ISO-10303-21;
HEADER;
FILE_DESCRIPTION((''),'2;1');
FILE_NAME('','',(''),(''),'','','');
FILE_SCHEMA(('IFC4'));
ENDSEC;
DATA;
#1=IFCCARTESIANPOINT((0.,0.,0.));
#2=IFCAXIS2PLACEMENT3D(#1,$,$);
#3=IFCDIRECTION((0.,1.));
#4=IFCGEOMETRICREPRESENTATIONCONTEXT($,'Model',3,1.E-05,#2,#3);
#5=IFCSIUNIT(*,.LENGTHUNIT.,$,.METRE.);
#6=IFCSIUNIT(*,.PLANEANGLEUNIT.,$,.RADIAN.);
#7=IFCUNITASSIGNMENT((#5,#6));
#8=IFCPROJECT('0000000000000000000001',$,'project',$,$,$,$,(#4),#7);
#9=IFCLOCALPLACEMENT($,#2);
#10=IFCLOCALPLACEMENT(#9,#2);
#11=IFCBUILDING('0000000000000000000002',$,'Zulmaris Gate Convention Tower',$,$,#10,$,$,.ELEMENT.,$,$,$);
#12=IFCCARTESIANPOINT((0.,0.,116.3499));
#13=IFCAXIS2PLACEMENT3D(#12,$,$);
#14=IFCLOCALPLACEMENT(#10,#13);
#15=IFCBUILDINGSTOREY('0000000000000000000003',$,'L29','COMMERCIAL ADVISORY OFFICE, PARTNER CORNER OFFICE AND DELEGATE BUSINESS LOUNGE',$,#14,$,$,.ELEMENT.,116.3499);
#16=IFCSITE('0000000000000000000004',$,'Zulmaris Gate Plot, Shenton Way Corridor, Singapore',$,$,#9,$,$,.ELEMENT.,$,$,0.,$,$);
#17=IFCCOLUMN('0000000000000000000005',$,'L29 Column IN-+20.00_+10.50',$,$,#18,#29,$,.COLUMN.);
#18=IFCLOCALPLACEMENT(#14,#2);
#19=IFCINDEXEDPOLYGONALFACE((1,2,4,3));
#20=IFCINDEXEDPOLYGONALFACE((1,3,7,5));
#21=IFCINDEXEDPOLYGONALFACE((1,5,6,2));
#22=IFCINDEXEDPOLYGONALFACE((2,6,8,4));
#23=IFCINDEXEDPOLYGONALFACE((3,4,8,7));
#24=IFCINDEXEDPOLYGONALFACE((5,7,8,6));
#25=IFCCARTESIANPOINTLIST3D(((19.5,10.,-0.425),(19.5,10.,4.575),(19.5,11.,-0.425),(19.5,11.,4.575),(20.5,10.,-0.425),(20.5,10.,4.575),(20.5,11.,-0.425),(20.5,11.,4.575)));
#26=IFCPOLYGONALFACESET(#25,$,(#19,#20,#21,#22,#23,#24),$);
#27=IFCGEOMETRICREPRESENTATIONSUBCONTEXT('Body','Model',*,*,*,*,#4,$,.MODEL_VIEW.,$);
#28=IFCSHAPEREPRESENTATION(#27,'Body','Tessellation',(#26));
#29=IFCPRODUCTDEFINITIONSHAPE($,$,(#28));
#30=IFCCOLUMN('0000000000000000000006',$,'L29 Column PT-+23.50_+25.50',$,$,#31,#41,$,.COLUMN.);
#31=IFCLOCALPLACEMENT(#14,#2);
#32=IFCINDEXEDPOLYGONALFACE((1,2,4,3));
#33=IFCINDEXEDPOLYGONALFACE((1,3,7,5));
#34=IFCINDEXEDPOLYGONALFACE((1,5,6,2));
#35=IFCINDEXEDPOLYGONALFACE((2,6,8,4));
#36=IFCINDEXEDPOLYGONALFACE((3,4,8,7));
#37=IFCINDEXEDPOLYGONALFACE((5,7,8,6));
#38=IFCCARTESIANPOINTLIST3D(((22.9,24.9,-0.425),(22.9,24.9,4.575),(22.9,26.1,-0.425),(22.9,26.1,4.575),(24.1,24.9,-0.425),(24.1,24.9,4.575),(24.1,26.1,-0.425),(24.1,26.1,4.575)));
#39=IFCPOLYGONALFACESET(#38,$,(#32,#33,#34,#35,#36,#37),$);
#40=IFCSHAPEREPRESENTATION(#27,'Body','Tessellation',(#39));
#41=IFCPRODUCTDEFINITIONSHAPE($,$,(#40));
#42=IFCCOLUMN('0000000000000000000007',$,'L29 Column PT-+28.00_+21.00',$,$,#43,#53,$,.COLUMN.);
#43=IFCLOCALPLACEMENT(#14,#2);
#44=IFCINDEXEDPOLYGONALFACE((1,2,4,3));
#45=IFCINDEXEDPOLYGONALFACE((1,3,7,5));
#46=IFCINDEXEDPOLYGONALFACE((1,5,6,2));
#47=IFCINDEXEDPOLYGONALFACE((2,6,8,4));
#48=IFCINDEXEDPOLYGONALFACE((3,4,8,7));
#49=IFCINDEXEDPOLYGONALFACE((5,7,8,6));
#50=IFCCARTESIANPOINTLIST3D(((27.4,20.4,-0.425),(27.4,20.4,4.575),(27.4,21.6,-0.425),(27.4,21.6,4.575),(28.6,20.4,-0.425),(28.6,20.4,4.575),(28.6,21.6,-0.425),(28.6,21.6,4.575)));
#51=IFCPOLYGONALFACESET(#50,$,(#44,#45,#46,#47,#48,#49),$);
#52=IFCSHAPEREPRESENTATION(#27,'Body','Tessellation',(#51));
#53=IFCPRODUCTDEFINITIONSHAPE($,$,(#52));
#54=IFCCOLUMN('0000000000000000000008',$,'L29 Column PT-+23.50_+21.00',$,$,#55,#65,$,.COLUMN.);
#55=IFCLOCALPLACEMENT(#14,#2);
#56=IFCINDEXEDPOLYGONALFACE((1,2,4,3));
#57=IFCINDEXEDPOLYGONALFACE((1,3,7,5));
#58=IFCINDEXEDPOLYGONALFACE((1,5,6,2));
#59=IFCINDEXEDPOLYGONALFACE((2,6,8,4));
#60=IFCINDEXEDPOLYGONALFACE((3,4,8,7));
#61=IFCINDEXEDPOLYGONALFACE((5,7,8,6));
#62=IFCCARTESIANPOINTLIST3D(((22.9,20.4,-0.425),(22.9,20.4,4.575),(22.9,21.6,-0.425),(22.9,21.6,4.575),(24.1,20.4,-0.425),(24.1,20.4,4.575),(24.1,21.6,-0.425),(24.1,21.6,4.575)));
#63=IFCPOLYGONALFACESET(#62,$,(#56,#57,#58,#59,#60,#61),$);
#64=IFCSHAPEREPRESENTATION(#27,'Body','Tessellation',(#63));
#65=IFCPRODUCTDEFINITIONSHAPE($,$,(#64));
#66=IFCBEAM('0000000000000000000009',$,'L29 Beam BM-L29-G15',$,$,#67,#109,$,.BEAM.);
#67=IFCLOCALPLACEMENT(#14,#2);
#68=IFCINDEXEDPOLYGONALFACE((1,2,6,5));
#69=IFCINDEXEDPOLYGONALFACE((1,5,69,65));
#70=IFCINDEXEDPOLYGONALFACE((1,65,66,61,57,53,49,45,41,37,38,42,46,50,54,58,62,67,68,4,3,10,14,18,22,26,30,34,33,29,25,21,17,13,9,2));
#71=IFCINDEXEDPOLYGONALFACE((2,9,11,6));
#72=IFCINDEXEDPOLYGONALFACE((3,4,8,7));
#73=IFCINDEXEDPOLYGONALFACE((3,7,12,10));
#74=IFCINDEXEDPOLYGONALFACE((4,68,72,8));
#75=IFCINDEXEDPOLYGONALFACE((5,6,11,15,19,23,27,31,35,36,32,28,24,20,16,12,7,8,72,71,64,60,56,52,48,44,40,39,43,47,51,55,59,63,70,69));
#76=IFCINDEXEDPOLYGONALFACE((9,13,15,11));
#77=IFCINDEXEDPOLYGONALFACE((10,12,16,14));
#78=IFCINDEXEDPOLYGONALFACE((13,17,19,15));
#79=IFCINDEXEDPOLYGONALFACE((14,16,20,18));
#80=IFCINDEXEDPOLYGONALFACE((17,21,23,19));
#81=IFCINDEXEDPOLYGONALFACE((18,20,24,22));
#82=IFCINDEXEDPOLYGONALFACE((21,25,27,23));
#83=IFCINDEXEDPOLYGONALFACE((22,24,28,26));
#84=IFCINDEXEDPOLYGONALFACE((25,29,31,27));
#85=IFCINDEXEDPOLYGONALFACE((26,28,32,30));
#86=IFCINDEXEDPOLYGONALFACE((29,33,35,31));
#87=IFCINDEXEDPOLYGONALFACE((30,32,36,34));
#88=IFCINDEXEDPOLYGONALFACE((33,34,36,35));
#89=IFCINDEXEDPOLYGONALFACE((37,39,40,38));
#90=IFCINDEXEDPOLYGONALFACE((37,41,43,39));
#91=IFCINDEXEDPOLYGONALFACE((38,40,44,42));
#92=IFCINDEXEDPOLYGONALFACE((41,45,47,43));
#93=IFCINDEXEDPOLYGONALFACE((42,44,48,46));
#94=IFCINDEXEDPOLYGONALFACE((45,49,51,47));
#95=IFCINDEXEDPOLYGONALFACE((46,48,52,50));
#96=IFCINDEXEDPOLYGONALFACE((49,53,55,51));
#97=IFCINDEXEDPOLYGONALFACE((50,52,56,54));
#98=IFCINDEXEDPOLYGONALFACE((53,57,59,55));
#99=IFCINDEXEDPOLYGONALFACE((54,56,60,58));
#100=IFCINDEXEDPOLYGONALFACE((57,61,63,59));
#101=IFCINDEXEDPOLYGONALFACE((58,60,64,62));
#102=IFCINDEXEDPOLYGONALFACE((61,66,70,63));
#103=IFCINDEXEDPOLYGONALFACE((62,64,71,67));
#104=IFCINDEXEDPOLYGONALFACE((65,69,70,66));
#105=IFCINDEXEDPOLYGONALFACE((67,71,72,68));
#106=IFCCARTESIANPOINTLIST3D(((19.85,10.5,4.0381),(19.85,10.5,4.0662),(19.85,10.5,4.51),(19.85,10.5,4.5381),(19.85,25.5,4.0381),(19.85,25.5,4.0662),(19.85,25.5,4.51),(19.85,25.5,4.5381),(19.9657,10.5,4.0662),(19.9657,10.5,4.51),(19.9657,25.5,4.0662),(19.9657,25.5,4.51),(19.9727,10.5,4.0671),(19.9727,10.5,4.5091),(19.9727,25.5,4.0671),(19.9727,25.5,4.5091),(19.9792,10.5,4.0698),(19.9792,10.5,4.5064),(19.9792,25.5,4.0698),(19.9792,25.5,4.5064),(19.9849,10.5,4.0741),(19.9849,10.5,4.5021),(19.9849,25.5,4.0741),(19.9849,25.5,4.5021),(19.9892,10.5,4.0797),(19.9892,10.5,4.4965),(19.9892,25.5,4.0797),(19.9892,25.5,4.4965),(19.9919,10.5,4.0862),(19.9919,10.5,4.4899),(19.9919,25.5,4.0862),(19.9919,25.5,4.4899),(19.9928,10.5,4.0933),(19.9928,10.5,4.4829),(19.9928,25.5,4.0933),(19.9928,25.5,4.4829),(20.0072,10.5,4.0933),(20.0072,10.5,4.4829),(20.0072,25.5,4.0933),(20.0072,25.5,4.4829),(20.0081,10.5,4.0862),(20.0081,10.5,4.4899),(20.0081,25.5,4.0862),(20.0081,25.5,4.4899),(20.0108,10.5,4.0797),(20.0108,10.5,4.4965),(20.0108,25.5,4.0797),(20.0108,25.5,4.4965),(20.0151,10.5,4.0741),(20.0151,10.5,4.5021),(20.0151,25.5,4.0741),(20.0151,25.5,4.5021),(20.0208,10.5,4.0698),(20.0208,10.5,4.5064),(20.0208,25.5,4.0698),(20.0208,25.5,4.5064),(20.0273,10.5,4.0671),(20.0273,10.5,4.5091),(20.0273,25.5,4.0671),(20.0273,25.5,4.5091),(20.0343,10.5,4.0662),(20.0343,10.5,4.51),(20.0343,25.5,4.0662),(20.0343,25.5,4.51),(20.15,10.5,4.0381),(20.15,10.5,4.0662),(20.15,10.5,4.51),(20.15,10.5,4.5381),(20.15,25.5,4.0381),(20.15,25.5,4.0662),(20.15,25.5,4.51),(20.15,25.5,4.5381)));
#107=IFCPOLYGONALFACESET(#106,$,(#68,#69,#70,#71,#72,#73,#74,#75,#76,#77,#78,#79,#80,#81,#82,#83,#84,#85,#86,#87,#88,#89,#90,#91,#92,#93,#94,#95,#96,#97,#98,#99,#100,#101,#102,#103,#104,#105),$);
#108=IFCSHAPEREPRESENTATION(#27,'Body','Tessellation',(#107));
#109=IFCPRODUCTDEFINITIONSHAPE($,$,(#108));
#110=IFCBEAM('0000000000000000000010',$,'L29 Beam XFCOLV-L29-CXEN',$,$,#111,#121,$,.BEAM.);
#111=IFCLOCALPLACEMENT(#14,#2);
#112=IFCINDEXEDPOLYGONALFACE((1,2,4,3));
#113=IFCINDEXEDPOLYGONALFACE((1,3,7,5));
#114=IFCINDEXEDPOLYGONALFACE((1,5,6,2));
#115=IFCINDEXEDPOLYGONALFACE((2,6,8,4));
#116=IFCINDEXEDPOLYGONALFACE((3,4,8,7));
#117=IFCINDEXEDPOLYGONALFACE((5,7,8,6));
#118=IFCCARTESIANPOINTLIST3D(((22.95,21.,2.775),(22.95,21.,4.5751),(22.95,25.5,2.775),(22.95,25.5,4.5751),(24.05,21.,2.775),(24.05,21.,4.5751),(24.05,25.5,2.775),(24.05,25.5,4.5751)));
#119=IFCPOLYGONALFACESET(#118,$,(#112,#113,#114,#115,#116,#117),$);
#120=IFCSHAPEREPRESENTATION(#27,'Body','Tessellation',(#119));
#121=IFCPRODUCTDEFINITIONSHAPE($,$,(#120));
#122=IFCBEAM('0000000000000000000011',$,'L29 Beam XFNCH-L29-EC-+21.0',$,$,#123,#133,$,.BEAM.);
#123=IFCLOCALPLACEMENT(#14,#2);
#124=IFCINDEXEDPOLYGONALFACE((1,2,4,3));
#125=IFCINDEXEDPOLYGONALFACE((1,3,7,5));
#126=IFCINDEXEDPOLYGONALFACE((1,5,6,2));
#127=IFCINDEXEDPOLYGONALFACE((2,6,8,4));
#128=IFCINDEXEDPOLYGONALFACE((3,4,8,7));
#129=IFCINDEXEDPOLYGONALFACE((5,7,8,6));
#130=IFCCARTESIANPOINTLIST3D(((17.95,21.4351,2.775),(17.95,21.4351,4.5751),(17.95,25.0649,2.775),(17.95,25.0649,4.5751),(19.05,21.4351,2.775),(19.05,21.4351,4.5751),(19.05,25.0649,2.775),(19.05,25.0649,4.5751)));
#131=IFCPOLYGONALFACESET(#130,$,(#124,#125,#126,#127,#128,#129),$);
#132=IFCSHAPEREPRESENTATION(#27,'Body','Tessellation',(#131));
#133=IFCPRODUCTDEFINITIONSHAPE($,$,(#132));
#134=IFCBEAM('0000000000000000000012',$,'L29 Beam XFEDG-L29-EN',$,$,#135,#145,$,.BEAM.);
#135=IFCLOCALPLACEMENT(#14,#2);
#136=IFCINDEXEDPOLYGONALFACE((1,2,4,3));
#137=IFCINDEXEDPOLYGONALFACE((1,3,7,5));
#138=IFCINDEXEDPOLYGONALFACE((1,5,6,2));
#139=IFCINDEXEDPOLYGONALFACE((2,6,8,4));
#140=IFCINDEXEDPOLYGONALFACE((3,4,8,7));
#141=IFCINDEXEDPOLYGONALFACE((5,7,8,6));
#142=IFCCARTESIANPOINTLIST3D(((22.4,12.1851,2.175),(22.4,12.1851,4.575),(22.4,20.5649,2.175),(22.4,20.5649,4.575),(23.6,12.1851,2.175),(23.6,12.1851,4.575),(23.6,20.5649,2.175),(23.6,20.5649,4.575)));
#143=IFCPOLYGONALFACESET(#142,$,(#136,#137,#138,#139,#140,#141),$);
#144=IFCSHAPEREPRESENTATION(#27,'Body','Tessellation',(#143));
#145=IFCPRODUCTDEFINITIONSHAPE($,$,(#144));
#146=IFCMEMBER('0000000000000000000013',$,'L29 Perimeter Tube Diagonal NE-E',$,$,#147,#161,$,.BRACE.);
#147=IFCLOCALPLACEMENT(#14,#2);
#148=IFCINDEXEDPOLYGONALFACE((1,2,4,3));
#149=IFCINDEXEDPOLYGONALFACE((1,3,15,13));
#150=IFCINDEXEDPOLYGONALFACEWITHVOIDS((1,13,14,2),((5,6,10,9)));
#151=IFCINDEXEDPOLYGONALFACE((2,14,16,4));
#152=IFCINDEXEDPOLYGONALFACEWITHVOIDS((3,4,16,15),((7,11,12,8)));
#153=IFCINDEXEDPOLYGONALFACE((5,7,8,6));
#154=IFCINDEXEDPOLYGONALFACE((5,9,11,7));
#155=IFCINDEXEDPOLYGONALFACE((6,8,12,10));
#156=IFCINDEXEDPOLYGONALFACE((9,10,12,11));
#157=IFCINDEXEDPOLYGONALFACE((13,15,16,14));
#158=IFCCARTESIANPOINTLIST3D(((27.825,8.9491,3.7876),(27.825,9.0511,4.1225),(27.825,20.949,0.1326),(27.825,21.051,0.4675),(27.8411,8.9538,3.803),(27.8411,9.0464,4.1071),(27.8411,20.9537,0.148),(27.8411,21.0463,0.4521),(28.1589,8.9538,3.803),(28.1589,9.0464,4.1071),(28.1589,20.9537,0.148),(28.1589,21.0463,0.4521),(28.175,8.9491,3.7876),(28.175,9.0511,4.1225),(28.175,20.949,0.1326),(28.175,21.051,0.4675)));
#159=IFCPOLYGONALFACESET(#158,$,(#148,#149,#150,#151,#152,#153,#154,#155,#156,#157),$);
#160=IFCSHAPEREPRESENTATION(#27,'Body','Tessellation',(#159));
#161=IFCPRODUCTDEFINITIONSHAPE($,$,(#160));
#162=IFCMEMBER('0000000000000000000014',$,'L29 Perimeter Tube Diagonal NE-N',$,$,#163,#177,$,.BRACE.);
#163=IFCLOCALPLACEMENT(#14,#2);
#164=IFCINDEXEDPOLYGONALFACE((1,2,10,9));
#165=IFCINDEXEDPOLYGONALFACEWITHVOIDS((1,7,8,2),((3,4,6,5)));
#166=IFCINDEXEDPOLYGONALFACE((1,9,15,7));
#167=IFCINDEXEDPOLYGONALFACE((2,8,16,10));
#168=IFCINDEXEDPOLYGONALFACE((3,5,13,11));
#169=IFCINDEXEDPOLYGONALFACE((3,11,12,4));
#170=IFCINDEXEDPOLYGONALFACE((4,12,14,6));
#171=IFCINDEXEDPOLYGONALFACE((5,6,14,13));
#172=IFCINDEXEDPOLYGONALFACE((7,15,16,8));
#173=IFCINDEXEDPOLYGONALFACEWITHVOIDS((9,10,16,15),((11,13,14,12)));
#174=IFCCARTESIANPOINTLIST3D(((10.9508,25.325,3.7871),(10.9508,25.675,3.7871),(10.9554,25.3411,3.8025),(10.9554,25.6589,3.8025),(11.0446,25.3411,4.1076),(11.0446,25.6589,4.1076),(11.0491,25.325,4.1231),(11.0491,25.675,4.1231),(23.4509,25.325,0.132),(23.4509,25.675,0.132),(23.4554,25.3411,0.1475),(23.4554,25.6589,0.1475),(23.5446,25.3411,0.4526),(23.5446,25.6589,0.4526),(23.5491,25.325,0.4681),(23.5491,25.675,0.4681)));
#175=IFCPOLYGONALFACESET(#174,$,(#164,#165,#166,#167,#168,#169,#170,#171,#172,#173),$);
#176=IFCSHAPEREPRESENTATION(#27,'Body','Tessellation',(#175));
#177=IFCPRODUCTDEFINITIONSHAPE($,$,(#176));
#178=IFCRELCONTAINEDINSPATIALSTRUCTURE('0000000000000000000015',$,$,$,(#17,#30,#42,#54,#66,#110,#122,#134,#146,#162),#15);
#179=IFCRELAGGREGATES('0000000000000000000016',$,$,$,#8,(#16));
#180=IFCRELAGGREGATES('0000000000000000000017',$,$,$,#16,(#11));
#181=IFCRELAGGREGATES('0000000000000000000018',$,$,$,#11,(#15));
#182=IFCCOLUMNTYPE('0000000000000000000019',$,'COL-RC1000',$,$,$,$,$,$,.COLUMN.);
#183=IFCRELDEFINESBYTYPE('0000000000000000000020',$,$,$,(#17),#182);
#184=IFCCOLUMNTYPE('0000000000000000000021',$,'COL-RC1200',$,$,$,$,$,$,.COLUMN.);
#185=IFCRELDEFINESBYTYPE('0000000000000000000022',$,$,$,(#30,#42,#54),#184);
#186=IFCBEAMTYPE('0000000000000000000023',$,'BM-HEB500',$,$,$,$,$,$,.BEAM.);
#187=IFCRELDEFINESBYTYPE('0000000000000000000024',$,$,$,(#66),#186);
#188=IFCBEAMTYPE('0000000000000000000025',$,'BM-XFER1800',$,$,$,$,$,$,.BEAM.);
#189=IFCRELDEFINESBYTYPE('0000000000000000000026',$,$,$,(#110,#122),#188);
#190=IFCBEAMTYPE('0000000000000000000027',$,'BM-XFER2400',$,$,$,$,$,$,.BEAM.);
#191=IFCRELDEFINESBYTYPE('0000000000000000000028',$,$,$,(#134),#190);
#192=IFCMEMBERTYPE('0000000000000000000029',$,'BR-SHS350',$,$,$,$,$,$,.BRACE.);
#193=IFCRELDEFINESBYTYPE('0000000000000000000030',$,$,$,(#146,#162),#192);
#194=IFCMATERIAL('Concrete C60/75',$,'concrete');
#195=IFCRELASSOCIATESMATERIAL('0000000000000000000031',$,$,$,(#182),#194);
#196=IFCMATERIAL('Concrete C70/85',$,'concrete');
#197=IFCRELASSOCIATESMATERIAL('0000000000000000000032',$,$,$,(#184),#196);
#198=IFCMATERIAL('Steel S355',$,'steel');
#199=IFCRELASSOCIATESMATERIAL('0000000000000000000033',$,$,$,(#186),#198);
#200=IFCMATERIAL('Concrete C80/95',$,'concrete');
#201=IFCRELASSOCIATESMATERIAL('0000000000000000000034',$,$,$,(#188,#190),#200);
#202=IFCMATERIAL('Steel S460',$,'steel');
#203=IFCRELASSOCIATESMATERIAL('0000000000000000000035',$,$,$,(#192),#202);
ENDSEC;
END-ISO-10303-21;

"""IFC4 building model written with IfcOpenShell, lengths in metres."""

from ifc_helpers import new_model, si_unit, direction, frame, origin, origin_2d, place, context, subcontext, project, spatial, rectangle, hollow_rectangle, i_section, extrude, material, material_profile, profile_set, type_object, element, save


model = new_model("IFC4")

# Units and contexts
model_context = context("Model", 3, precision=1e-05, world=origin(), true_north=direction((0.0, 1.0)))
body_context = subcontext(model_context, "Body", "Model", "MODEL_VIEW")
ifc_project = project(units=[si_unit("LENGTHUNIT", "METRE"), si_unit("PLANEANGLEUNIT", "RADIAN")], contexts=[model_context])

# Site, building, storey
site_placement = place(None, origin())
site = spatial("IfcSite", under=ifc_project, at=site_placement, Name="Zulmaris Gate Plot, Shenton Way Corridor, Singapore", CompositionType="ELEMENT", RefElevation=0.0)
building_placement = place(site_placement, origin())
building = spatial("IfcBuilding", under=site, at=building_placement, Name="Zulmaris Gate Convention Tower", CompositionType="ELEMENT")
storey_placement = place(building_placement, frame((0.0, 0.0, 116.3499)))
storey = spatial("IfcBuildingStorey", under=building, at=storey_placement, Name="L29", Description="COMMERCIAL ADVISORY OFFICE, PARTNER CORNER OFFICE AND DELEGATE BUSINESS LOUNGE", CompositionType="ELEMENT", Elevation=116.3499)

# Columns
ifc_material_1 = material(Name="Concrete C60/75", Category="concrete")
ifc_material_profile_1 = material_profile(ifc_material_1, rectangle(XDim=1.0, YDim=1.0, at=origin_2d()), Name="RC COL 1000x1000")
ifc_profile_set_1 = profile_set([ifc_material_profile_1], Name="Concrete C60/75")
column_type_1 = type_object("IfcColumnType", Name="COL-RC1000", PredefinedType="COLUMN", material=ifc_profile_set_1)
column_placement = place(storey_placement, frame((20.0, 10.5, -0.425), z_axis=(0.0, 0.0, 1.0), x_axis=(1.0, 0.0, 0.0)))
element("IfcColumn", 1, at=column_placement, inside=storey, type_object=column_type_1, Name="L29 Column IN-+20.00_+10.50", PredefinedType="COLUMN", context=body_context, shape_type="SweptSolid", body=[
    extrude(rectangle(XDim=1.0, YDim=1.0, at=origin_2d()), origin(), (0.0, 0.0, 1.0), 5.0),
])
ifc_material_2 = material(Name="Concrete C70/85", Category="concrete")
ifc_material_profile_2 = material_profile(ifc_material_2, rectangle(XDim=1.2, YDim=1.2, at=origin_2d()), Name="RC COL 1200x1200")
ifc_profile_set_2 = profile_set([ifc_material_profile_2], Name="Concrete C70/85")
column_type_2 = type_object("IfcColumnType", Name="COL-RC1200", PredefinedType="COLUMN", material=ifc_profile_set_2)
for number, where, z_axis, x_axis, name in (
    (2, (23.5, 25.5, -0.425), (0.0, 0.0, 1.0), (1.0, 0.0, 0.0), "L29 Column PT-+23.50_+25.50"),
    (3, (28.0, 21.0, -0.425), (0.0, 0.0, 1.0), (1.0, 0.0, 0.0), "L29 Column PT-+28.00_+21.00"),
    (4, (23.5, 21.0, -0.425), (0.0, 0.0, 1.0), (1.0, 0.0, 0.0), "L29 Column PT-+23.50_+21.00"),
):
    element("IfcColumn", number, at=place(storey_placement, frame(where, z_axis=z_axis, x_axis=x_axis)), inside=storey, type_object=column_type_2, Name=name, PredefinedType="COLUMN", context=body_context, shape_type="SweptSolid", body=[
        extrude(rectangle(XDim=1.2, YDim=1.2, at=origin_2d()), origin(), (0.0, 0.0, 1.0), 5.0),
    ])

# Beams
ifc_material_3 = material(Name="Steel S355", Category="steel")
ifc_material_profile_3 = material_profile(ifc_material_3, i_section(OverallWidth=0.3, OverallDepth=0.5, WebThickness=0.0144, FlangeThickness=0.0281, FilletRadius=0.0271, at=origin_2d()), Name="HEB 500")
ifc_profile_set_3 = profile_set([ifc_material_profile_3], Name="Steel S355")
beam_type_1 = type_object("IfcBeamType", Name="BM-HEB500", PredefinedType="BEAM", material=ifc_profile_set_3)
beam_1_placement = place(storey_placement, frame((20.0, 10.5, 4.2881), z_axis=(0.0, 1.0, 0.0), x_axis=(-1.0, 0.0, 0.0)))
element("IfcBeam", 5, at=beam_1_placement, inside=storey, type_object=beam_type_1, Name="L29 Beam BM-L29-G15", PredefinedType="BEAM", context=body_context, shape_type="SweptSolid", body=[
    extrude(i_section(OverallWidth=0.3, OverallDepth=0.5, WebThickness=0.0144, FlangeThickness=0.0281, FilletRadius=0.0271, at=origin_2d()), origin(), (0.0, 0.0, 1.0), 15.0),
])
ifc_material_4 = material(Name="Concrete C80/95", Category="concrete")
ifc_material_profile_4 = material_profile(ifc_material_4, rectangle(XDim=1.1001, YDim=1.8, at=origin_2d()), Name="RC TRANSFER 1100x1800")
ifc_profile_set_4 = profile_set([ifc_material_profile_4], Name="Concrete C80/95")
beam_type_2 = type_object("IfcBeamType", Name="BM-XFER1800", PredefinedType="BEAM", material=ifc_profile_set_4)
beam_2_placement = place(storey_placement, frame((23.5, 21.0, 3.675), z_axis=(0.0, 1.0, 0.0), x_axis=(-1.0, 0.0, 0.0)))
element("IfcBeam", 6, at=beam_2_placement, inside=storey, type_object=beam_type_2, Name="L29 Beam XFCOLV-L29-CXEN", PredefinedType="BEAM", context=body_context, shape_type="SweptSolid", body=[
    extrude(rectangle(XDim=1.1001, YDim=1.8, at=origin_2d()), origin(), (0.0, 0.0, 1.0), 4.5),
])
beam_3_placement = place(storey_placement, frame((18.5, 21.4351, 3.675), z_axis=(0.0, 1.0, 0.0), x_axis=(-1.0, 0.0, 0.0)))
element("IfcBeam", 7, at=beam_3_placement, inside=storey, type_object=beam_type_2, Name="L29 Beam XFNCH-L29-EC-+21.0", PredefinedType="BEAM", context=body_context, shape_type="SweptSolid", body=[
    extrude(rectangle(XDim=1.1001, YDim=1.8, at=origin_2d()), origin(), (0.0, 0.0, 1.0), 3.6299),
])
ifc_material_profile_5 = material_profile(ifc_material_4, rectangle(XDim=1.2, YDim=2.3999, at=origin_2d()), Name="RC TRANSFER 1200x2400")
ifc_profile_set_5 = profile_set([ifc_material_profile_5], Name="Concrete C80/95")
beam_type_3 = type_object("IfcBeamType", Name="BM-XFER2400", PredefinedType="BEAM", material=ifc_profile_set_5)
beam_4_placement = place(storey_placement, frame((23.0, 12.1851, 3.375), z_axis=(0.0, 1.0, 0.0), x_axis=(-1.0, 0.0, 0.0)))
element("IfcBeam", 8, at=beam_4_placement, inside=storey, type_object=beam_type_3, Name="L29 Beam XFEDG-L29-EN", PredefinedType="BEAM", context=body_context, shape_type="SweptSolid", body=[
    extrude(rectangle(XDim=1.2, YDim=2.3999, at=origin_2d()), origin(), (0.0, 0.0, 1.0), 8.3799),
])

# Members
ifc_material_5 = material(Name="Steel S460", Category="steel")
ifc_material_profile_6 = material_profile(ifc_material_5, hollow_rectangle(XDim=0.3501, YDim=0.3501, WallThickness=0.0161, at=origin_2d()), Name="SHS 350x350x16")
ifc_profile_set_6 = profile_set([ifc_material_profile_6], Name="Steel S460")
member_type = type_object("IfcMemberType", Name="BR-SHS350", PredefinedType="BRACE", material=ifc_profile_set_6)
member_1_placement = place(storey_placement, frame((28.0, 21.0, 0.3), z_axis=(0.0, -0.95661, 0.29137), x_axis=(1.0, 0.0, 0.0)))
element("IfcMember", 9, at=member_1_placement, inside=storey, type_object=member_type, Name="L29 Perimeter Tube Diagonal NE-E", PredefinedType="BRACE", context=body_context, shape_type="SweptSolid", body=[
    extrude(hollow_rectangle(XDim=0.3501, YDim=0.3501, WallThickness=0.0161, at=origin_2d()), origin(), (0.0, 0.0, 1.0), 12.5442),
])
member_2_placement = place(storey_placement, frame((23.5, 25.5, 0.3), z_axis=(-0.95981, 0.0, 0.280651), x_axis=(0.0, -1.0, 0.0)))
element("IfcMember", 10, at=member_2_placement, inside=storey, type_object=member_type, Name="L29 Perimeter Tube Diagonal NE-N", PredefinedType="BRACE", context=body_context, shape_type="SweptSolid", body=[
    extrude(hollow_rectangle(XDim=0.3501, YDim=0.3501, WallThickness=0.0161, at=origin_2d()), origin(), (0.0, 0.0, 1.0), 13.0234),
])

save(model, "model.ifc")
